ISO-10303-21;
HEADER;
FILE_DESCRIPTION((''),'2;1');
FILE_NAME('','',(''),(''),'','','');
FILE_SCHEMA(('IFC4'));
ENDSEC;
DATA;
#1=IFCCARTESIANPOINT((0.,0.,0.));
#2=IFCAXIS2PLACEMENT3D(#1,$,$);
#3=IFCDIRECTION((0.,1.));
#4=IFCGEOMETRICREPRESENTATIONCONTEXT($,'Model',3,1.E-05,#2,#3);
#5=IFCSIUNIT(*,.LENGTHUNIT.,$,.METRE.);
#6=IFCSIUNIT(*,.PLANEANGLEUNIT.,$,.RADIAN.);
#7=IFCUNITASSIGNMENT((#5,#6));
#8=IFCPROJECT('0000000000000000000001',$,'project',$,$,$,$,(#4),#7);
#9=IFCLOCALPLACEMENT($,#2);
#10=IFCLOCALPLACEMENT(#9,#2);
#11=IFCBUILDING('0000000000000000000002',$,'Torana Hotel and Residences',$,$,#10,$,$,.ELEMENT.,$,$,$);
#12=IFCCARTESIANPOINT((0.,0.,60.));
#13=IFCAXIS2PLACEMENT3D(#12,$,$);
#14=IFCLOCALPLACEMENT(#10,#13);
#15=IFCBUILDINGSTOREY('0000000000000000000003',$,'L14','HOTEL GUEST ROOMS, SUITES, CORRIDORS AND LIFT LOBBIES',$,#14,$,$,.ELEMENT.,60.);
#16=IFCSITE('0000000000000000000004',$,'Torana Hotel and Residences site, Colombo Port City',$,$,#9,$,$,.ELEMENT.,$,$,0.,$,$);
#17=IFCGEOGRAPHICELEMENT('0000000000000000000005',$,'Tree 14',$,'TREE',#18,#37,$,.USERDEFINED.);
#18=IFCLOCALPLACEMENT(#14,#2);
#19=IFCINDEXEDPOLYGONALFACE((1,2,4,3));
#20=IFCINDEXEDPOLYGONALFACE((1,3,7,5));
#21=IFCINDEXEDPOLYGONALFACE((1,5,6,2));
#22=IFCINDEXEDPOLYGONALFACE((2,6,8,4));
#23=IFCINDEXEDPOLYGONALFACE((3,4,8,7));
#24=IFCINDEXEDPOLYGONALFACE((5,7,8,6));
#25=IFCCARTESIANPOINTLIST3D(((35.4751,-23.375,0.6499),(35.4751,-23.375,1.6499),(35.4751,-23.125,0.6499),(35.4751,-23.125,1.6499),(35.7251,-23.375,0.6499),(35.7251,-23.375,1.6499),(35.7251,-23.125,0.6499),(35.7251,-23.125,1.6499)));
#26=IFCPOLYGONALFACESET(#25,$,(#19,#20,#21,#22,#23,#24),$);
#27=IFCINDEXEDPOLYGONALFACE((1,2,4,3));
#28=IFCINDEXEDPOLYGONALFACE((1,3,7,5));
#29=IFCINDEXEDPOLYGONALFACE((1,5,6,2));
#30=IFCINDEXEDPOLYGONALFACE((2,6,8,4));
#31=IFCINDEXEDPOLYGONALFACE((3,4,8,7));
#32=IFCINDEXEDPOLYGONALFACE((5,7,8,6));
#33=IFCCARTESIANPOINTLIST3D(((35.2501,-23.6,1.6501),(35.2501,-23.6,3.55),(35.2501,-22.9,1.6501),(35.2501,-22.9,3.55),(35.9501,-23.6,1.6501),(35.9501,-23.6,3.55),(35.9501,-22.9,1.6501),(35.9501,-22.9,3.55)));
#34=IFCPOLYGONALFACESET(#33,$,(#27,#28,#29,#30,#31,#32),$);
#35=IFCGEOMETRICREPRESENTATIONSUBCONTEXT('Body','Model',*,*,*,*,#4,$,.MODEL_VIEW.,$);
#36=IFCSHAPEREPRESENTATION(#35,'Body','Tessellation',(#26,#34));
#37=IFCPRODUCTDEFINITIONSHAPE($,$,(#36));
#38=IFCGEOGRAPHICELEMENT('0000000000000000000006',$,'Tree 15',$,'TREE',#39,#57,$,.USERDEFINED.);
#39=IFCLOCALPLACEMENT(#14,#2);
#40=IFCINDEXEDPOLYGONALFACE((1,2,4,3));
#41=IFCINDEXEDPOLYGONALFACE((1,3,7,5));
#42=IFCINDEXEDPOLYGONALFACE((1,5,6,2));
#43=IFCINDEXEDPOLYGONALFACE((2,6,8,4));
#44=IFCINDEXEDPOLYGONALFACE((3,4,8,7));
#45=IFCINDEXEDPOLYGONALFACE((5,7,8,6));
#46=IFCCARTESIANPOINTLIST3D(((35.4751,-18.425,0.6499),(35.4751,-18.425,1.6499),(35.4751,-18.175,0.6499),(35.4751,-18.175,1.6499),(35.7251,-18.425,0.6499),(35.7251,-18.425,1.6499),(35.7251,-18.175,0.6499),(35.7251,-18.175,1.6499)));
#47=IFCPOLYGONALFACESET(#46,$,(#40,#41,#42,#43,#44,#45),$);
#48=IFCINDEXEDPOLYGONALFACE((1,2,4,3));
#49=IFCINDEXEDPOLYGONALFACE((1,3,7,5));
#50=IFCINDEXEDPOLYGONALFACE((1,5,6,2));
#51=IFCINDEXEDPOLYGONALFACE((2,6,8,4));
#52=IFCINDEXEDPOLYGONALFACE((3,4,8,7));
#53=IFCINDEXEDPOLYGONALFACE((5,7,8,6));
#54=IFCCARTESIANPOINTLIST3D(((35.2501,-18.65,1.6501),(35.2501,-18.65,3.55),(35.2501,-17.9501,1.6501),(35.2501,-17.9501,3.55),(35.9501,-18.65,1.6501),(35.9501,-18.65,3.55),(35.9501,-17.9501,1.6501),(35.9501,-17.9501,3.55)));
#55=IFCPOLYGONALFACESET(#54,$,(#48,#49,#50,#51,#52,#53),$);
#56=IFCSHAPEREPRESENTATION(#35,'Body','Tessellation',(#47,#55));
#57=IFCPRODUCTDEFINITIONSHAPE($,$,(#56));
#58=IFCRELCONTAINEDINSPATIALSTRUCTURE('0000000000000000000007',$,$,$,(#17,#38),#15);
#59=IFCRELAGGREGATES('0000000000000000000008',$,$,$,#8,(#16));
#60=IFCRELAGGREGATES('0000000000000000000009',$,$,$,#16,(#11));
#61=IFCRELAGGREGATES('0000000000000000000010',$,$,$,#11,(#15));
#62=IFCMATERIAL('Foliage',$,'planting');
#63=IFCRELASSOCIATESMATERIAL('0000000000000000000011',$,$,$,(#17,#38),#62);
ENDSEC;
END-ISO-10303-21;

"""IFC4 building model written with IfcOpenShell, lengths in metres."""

from ifc_helpers import new_model, si_unit, direction, frame, origin, origin_2d, place, context, subcontext, project, spatial, rectangle, extrude, material, element, save


model = new_model("IFC4")

# Units and contexts
model_context = context("Model", 3, precision=1e-05, world=origin(), true_north=direction((0.0, 1.0)))
body_context = subcontext(model_context, "Body", "Model", "MODEL_VIEW")
ifc_project = project(units=[si_unit("LENGTHUNIT", "METRE"), si_unit("PLANEANGLEUNIT", "RADIAN")], contexts=[model_context])

# Site, building, storey
site_placement = place(None, origin())
site = spatial("IfcSite", under=ifc_project, at=site_placement, Name="Torana Hotel and Residences site, Colombo Port City", CompositionType="ELEMENT", RefElevation=0.0)
building_placement = place(site_placement, origin())
building = spatial("IfcBuilding", under=site, at=building_placement, Name="Torana Hotel and Residences", CompositionType="ELEMENT")
storey_placement = place(building_placement, frame((0.0, 0.0, 60.0)))
storey = spatial("IfcBuildingStorey", under=building, at=storey_placement, Name="L14", Description="HOTEL GUEST ROOMS, SUITES, CORRIDORS AND LIFT LOBBIES", CompositionType="ELEMENT", Elevation=60.0)

# Geographic elements
ifc_material_1 = material(Name="Foliage", Category="planting")
for number, where, z_axis, x_axis, name in (
    (1, (35.6001, -23.25, 0.6499), (0.0, 0.0, 1.0), (1.0, 0.0, 0.0), "Tree 14"),
    (2, (35.6001, -18.3, 0.6499), (0.0, 0.0, 1.0), (1.0, 0.0, 0.0), "Tree 15"),
):
    element("IfcGeographicElement", number, at=place(storey_placement, frame(where, z_axis=z_axis, x_axis=x_axis)), inside=storey, material=ifc_material_1, Name=name, ObjectType="TREE", PredefinedType="USERDEFINED", context=body_context, shape_type="SweptSolid", body=[
        extrude(rectangle(XDim=0.25, YDim=0.25, at=origin_2d()), origin(), (0.0, 0.0, 1.0), 1.0),
        extrude(rectangle(XDim=0.7, YDim=0.7, at=origin_2d()), frame((0.0, 0.0, 1.0002)), (0.0, 0.0, 1.0), 1.8999),
    ])

save(model, "model.ifc")
